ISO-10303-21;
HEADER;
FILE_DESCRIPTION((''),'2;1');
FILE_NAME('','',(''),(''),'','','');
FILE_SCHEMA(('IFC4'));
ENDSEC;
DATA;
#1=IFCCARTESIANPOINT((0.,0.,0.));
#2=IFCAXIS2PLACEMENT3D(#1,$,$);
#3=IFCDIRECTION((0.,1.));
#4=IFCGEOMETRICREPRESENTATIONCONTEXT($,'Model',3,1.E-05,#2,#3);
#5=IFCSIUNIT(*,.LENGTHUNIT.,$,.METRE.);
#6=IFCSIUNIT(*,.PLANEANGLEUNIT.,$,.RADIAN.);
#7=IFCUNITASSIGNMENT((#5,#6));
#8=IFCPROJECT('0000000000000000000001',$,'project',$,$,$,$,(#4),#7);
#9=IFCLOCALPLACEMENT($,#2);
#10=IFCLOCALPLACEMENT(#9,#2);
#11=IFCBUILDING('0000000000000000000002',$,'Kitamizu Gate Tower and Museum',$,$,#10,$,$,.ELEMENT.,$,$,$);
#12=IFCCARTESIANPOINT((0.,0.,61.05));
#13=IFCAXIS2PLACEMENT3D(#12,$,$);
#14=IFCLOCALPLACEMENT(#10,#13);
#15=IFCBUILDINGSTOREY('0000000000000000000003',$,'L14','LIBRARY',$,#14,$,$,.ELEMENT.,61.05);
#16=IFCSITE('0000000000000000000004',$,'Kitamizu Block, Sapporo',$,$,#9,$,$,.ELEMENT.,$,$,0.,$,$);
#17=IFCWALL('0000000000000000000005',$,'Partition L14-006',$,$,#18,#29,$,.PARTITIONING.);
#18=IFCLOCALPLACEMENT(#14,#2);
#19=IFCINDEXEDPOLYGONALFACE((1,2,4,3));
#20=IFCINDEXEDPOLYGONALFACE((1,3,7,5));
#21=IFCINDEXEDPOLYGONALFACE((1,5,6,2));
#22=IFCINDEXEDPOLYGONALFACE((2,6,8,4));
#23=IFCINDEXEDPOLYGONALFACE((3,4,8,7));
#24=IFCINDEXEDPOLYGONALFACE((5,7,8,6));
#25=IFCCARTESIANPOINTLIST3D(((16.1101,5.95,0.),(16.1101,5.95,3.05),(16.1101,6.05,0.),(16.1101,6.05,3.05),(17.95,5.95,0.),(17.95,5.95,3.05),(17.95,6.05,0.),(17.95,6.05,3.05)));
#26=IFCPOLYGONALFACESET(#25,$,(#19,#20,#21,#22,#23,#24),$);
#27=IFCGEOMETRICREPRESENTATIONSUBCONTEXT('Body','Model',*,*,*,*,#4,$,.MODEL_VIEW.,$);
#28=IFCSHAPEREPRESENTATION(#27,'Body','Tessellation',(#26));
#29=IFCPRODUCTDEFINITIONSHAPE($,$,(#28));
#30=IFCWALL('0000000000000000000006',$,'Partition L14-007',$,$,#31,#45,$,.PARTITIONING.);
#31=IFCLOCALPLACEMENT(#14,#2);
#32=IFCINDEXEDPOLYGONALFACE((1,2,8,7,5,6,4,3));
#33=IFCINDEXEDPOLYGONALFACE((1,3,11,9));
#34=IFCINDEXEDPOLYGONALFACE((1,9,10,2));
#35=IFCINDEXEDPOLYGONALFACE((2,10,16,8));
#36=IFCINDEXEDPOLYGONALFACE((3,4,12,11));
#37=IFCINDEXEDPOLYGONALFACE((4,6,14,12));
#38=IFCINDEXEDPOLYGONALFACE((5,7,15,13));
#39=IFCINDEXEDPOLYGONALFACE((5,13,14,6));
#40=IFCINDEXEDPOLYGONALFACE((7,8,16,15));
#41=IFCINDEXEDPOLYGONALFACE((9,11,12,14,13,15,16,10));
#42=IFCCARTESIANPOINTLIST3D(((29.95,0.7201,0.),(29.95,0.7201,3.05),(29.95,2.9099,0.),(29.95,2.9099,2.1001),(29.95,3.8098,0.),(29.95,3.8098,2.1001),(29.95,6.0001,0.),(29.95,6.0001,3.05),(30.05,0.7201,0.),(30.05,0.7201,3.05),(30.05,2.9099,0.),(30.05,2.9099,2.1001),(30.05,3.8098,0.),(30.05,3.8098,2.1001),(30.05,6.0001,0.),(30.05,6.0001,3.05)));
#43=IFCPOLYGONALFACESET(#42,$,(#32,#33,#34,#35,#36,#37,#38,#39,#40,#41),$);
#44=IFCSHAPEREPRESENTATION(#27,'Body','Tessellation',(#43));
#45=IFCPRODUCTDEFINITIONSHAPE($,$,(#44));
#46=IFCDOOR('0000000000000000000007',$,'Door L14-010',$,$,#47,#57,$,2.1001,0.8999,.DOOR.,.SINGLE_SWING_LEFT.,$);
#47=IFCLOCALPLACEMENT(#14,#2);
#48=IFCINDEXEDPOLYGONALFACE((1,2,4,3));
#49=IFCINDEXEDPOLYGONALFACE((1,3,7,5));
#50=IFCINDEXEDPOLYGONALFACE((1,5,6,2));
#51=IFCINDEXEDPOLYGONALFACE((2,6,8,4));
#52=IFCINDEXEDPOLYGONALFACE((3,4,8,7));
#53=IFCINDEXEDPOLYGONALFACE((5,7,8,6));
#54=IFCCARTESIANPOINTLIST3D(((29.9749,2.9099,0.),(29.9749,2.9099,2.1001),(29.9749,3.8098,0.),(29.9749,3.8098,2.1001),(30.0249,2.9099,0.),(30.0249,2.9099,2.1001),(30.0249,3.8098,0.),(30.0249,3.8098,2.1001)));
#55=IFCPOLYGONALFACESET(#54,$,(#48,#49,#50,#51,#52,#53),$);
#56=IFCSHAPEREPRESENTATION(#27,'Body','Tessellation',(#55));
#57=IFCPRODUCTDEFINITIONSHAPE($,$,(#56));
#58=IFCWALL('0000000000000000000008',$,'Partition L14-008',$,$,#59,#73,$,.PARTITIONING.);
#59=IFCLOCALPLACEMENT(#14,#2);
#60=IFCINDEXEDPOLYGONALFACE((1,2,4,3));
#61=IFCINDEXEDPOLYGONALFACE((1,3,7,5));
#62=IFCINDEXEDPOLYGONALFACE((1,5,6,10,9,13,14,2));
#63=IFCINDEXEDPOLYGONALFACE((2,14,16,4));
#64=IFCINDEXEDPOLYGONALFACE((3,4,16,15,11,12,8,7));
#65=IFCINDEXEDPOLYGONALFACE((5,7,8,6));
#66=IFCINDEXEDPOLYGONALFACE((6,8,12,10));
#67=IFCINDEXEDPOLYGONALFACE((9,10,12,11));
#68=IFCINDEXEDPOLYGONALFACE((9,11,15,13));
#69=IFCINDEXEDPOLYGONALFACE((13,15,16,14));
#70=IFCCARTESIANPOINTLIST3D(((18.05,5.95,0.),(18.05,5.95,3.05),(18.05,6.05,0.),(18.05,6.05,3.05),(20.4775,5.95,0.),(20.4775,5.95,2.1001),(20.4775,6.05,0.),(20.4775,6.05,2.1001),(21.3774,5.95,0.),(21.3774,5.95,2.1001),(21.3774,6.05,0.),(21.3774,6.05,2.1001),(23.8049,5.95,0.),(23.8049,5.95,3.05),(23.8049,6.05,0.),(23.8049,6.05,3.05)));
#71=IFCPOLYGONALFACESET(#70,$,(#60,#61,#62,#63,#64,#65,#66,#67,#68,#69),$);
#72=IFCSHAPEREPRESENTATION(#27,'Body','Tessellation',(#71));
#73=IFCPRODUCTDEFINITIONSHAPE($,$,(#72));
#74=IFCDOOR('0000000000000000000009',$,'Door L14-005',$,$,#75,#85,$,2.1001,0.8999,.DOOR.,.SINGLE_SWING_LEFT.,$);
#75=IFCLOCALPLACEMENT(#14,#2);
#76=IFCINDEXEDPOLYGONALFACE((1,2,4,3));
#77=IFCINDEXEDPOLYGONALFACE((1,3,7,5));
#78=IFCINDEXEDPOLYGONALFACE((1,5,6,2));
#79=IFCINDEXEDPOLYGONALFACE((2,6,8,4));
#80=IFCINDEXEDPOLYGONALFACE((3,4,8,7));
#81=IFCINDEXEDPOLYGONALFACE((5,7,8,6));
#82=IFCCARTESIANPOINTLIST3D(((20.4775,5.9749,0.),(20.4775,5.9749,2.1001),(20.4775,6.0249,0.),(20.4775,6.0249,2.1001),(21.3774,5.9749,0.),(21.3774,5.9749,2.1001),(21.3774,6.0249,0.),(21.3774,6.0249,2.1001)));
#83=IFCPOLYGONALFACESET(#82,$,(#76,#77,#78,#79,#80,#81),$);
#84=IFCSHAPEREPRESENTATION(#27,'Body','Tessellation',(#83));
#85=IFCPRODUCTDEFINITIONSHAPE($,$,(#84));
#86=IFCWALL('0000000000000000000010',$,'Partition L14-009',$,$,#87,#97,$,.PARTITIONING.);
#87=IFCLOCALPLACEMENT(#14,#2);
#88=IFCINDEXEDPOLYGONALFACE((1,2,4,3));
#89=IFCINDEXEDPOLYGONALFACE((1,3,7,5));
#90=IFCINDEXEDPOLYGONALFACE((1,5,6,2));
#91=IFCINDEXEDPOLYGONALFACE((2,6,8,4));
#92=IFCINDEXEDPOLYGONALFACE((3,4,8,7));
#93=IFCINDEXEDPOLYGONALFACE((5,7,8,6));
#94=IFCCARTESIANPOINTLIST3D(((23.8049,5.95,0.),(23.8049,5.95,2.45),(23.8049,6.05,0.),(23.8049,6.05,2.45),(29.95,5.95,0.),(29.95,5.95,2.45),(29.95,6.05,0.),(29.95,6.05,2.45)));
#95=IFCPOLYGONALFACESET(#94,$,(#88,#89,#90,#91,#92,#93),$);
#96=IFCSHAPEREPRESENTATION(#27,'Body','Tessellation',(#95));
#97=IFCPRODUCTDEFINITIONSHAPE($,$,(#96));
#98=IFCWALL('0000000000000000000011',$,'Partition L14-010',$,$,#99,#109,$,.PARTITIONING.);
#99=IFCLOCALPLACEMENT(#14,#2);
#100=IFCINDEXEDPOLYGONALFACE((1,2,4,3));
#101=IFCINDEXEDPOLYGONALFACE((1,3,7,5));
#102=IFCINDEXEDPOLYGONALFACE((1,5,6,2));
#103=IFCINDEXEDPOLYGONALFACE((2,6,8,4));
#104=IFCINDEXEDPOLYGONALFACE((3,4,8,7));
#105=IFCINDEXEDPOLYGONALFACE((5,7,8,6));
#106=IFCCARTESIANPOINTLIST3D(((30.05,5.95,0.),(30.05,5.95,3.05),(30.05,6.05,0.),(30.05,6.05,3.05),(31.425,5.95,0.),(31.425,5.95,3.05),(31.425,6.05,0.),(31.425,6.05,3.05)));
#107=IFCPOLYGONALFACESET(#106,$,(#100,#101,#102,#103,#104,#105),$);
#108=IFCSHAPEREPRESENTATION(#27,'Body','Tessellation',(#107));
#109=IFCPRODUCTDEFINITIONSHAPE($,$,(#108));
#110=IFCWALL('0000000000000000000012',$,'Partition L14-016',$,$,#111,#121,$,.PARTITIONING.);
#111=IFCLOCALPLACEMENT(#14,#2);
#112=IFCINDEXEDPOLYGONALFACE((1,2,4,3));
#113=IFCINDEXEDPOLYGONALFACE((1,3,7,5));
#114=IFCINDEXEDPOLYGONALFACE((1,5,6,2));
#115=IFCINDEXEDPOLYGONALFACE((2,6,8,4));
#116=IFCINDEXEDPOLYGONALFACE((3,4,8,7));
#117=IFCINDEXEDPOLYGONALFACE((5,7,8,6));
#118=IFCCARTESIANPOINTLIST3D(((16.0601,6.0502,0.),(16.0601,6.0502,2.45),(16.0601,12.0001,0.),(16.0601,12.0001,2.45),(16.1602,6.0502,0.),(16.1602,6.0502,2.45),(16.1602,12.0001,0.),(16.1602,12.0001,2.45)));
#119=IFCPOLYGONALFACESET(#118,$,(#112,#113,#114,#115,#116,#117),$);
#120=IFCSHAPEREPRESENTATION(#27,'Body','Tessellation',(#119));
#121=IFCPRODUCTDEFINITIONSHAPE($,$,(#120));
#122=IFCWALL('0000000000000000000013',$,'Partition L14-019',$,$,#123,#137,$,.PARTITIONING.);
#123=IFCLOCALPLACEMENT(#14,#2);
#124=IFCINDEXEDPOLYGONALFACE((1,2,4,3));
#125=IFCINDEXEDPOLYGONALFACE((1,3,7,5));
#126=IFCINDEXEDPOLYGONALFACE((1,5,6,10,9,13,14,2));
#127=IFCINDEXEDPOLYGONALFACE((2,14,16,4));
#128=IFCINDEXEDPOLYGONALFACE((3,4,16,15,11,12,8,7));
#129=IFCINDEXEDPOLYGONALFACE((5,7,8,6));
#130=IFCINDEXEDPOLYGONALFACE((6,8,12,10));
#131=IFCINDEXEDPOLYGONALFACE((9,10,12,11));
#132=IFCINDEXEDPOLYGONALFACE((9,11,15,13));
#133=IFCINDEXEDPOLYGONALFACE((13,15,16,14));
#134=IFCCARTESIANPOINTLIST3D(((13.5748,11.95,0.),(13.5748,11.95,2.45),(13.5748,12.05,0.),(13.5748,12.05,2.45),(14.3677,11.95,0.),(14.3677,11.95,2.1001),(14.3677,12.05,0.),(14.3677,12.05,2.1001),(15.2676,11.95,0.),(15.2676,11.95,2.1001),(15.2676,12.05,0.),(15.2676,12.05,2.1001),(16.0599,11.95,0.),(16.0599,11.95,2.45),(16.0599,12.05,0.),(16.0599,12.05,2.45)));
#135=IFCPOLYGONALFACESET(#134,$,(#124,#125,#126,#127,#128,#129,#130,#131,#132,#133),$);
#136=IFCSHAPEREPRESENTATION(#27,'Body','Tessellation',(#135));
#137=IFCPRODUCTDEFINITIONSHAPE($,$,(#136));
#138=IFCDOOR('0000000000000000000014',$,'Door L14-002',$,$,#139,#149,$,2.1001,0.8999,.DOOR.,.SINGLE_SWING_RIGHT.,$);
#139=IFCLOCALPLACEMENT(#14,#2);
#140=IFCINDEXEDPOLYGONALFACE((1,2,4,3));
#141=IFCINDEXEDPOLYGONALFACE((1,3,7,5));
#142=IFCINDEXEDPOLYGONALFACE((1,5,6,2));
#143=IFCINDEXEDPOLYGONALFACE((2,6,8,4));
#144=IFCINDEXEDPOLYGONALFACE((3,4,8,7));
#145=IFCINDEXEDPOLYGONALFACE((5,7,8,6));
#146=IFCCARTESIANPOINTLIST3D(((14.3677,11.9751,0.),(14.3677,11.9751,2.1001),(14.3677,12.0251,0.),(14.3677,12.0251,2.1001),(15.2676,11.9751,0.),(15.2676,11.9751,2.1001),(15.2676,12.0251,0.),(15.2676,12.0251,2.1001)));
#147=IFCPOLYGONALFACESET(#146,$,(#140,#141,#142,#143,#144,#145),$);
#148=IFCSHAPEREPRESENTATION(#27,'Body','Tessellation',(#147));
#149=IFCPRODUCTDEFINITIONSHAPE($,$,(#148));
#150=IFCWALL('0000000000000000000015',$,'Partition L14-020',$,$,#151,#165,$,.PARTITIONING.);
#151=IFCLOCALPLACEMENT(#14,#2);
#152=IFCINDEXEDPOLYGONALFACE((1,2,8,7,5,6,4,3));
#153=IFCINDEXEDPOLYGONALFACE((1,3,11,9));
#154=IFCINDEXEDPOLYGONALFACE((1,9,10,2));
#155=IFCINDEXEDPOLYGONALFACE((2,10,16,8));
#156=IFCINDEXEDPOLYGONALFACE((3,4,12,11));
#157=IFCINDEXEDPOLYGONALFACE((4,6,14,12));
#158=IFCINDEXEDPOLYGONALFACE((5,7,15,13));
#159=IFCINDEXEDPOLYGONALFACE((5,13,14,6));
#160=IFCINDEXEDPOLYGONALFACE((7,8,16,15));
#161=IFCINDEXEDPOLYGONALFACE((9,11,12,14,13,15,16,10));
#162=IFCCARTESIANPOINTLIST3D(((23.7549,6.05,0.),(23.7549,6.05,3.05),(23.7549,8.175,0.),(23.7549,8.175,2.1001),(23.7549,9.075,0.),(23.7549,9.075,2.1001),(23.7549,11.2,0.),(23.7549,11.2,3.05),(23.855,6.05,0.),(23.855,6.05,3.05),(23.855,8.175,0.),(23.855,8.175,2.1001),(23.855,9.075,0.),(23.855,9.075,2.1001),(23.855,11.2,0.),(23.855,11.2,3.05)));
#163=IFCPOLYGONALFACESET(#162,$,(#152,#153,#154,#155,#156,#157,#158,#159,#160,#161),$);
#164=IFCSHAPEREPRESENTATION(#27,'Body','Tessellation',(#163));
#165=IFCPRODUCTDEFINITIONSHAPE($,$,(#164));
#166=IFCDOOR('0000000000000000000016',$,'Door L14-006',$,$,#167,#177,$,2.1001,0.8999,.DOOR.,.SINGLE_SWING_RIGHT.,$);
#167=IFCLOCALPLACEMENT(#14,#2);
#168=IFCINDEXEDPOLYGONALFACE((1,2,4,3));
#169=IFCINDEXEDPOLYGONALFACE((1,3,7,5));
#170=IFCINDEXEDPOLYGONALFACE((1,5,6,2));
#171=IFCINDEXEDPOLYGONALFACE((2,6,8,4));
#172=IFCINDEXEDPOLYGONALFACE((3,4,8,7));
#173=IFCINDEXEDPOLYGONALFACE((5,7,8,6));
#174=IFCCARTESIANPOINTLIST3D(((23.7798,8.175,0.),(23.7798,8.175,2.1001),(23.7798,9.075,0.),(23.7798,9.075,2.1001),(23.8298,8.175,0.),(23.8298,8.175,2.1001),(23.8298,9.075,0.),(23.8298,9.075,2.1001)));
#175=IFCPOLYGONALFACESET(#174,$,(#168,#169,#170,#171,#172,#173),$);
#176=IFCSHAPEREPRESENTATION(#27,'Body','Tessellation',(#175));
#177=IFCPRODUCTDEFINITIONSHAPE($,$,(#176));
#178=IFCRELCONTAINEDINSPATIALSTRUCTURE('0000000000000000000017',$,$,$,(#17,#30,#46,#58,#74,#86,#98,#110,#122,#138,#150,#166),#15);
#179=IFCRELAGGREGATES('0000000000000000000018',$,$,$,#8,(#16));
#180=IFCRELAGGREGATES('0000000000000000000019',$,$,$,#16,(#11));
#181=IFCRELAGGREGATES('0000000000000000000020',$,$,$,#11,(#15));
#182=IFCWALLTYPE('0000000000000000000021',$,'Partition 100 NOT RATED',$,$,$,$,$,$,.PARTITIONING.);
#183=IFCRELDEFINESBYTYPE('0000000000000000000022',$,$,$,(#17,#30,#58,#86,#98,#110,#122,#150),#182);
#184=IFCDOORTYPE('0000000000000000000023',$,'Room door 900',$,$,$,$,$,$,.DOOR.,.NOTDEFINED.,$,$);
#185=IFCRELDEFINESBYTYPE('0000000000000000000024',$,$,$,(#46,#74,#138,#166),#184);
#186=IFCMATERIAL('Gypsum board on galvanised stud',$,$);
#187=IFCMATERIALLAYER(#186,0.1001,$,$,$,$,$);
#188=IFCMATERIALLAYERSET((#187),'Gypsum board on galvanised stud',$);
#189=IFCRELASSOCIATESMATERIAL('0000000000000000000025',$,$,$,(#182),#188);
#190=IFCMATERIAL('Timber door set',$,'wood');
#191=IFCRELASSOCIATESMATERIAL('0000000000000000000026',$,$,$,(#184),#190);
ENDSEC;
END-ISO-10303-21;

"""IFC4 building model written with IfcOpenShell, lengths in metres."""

from ifc_helpers import new_model, si_unit, direction, frame, frame_2d, origin, place, context, subcontext, project, spatial, rectangle, extrude, material, layer, layer_set, type_object, element, fill, save


model = new_model("IFC4")

# Units and contexts
model_context = context("Model", 3, precision=1e-05, world=origin(), true_north=direction((0.0, 1.0)))
body_context = subcontext(model_context, "Body", "Model", "MODEL_VIEW")
ifc_project = project(units=[si_unit("LENGTHUNIT", "METRE"), si_unit("PLANEANGLEUNIT", "RADIAN")], contexts=[model_context])

# Site, building, storey
site_placement = place(None, origin())
site = spatial("IfcSite", under=ifc_project, at=site_placement, Name="Kitamizu Block, Sapporo", CompositionType="ELEMENT", RefElevation=0.0)
building_placement = place(site_placement, origin())
building = spatial("IfcBuilding", under=site, at=building_placement, Name="Kitamizu Gate Tower and Museum", CompositionType="ELEMENT")
storey_placement = place(building_placement, frame((0.0, 0.0, 61.05)))
storey = spatial("IfcBuildingStorey", under=building, at=storey_placement, Name="L14", Description="LIBRARY", CompositionType="ELEMENT", Elevation=61.05)

# Shared definitions
ifc_material_1 = material(Name="Gypsum board on galvanised stud")
ifc_layer_1 = layer(ifc_material_1, 0.1001)
ifc_layer_set_1 = layer_set([ifc_layer_1], Name="Gypsum board on galvanised stud")
wall_type_1 = type_object("IfcWallType", Name="Partition 100 NOT RATED", PredefinedType="PARTITIONING", material=ifc_layer_set_1)
ifc_material_2 = material(Name="Timber door set", Category="wood")
door_type_1 = type_object("IfcDoorType", Name="Room door 900", OperationType="NOTDEFINED", PredefinedType="DOOR", material=ifc_material_2)

# Wall
wall_1_placement = place(storey_placement, frame((17.95, 6.0, 0.0), z_axis=(0.0, 0.0, 1.0), x_axis=(-1.0, 0.0, 0.0)))
element("IfcWall", 1, at=wall_1_placement, inside=storey, type_object=wall_type_1, Name="Partition L14-006", PredefinedType="PARTITIONING", context=body_context, shape_type="SweptSolid", body=[
    extrude(rectangle(XDim=1.8398, YDim=0.1001, at=frame_2d((0.9199, 0.0))), origin(), (0.0, 0.0, 1.0), 3.05),
])

# Walls, openings, doors
wall_2_placement = place(storey_placement, frame((30.0, 0.72, 0.0), z_axis=(0.0, 0.0, 1.0), x_axis=(0.0, 1.0, 0.0)))
wall_2 = element("IfcWall", 2, at=wall_2_placement, inside=storey, type_object=wall_type_1, Name="Partition L14-007", PredefinedType="PARTITIONING", context=body_context, shape_type="SweptSolid", body=[
    extrude(rectangle(XDim=5.28, YDim=0.1001, at=frame_2d((2.6401, 0.0))), origin(), (0.0, 0.0, 1.0), 3.05),
])
opening_1_placement = place(wall_2_placement, frame((2.1899, 0.0, 0.0)))
opening_1 = element("IfcOpeningElement", 3, at=opening_1_placement, cuts=wall_2, PredefinedType="OPENING", context=body_context, shape_type="SweptSolid", body=[
    extrude(rectangle(XDim=0.8999, YDim=2.1001, at=frame_2d((0.45, 1.05))), frame((0.0, 0.0601, 0.0), z_axis=(0.0, -1.0, 0.0), x_axis=(1.0, 0.0, 0.0)), (0.0, 0.0, 1.0), 0.1201),
])
door_1_placement = place(opening_1_placement, frame((0.8999, 0.0, 0.0), x_axis=(-1.0, 0.0, 0.0)))
door_1 = element("IfcDoor", 4, at=door_1_placement, inside=storey, type_object=door_type_1, Name="Door L14-010", OperationType="SINGLE_SWING_LEFT", OverallHeight=2.1001, OverallWidth=0.8999, PredefinedType="DOOR", context=body_context, shape_type="SweptSolid", body=[
    extrude(rectangle(XDim=0.8999, YDim=2.1001, at=frame_2d((0.45, 1.05))), frame((0.0, 0.0249, 0.0), z_axis=(0.0, -1.0, 0.0), x_axis=(1.0, 0.0, 0.0)), (0.0, 0.0, 1.0), 0.05),
])
fill(opening_1, door_1)
wall_3_placement = place(storey_placement, frame((23.8049, 6.0, 0.0), z_axis=(0.0, 0.0, 1.0), x_axis=(-1.0, 0.0, 0.0)))
wall_3 = element("IfcWall", 5, at=wall_3_placement, inside=storey, type_object=wall_type_1, Name="Partition L14-008", PredefinedType="PARTITIONING", context=body_context, shape_type="SweptSolid", body=[
    extrude(rectangle(XDim=5.7549, YDim=0.1001, at=frame_2d((2.8774, 0.0))), origin(), (0.0, 0.0, 1.0), 3.05),
])
opening_2_placement = place(wall_3_placement, frame((2.4275, 0.0, 0.0)))
opening_2 = element("IfcOpeningElement", 6, at=opening_2_placement, cuts=wall_3, PredefinedType="OPENING", context=body_context, shape_type="SweptSolid", body=[
    extrude(rectangle(XDim=0.8999, YDim=2.1001, at=frame_2d((0.45, 1.05))), frame((0.0, 0.0601, 0.0), z_axis=(0.0, -1.0, 0.0), x_axis=(1.0, 0.0, 0.0)), (0.0, 0.0, 1.0), 0.1201),
])
door_2_placement = place(opening_2_placement, frame((0.8999, 0.0, 0.0), x_axis=(-1.0, 0.0, 0.0)))
door_2 = element("IfcDoor", 7, at=door_2_placement, inside=storey, type_object=door_type_1, Name="Door L14-005", OperationType="SINGLE_SWING_LEFT", OverallHeight=2.1001, OverallWidth=0.8999, PredefinedType="DOOR", context=body_context, shape_type="SweptSolid", body=[
    extrude(rectangle(XDim=0.8999, YDim=2.1001, at=frame_2d((0.45, 1.05))), frame((0.0, 0.0249, 0.0), z_axis=(0.0, -1.0, 0.0), x_axis=(1.0, 0.0, 0.0)), (0.0, 0.0, 1.0), 0.05),
])
fill(opening_2, door_2)

# Walls
wall_4_placement = place(storey_placement, frame((29.95, 6.0, 0.0), z_axis=(0.0, 0.0, 1.0), x_axis=(-1.0, 0.0, 0.0)))
element("IfcWall", 8, at=wall_4_placement, inside=storey, type_object=wall_type_1, Name="Partition L14-009", PredefinedType="PARTITIONING", context=body_context, shape_type="SweptSolid", body=[
    extrude(rectangle(XDim=6.145, YDim=0.1001, at=frame_2d((3.0725, 0.0))), origin(), (0.0, 0.0, 1.0), 2.45),
])
wall_5_placement = place(storey_placement, frame((31.425, 6.0, 0.0), z_axis=(0.0, 0.0, 1.0), x_axis=(-1.0, 0.0, 0.0)))
element("IfcWall", 9, at=wall_5_placement, inside=storey, type_object=wall_type_1, Name="Partition L14-010", PredefinedType="PARTITIONING", context=body_context, shape_type="SweptSolid", body=[
    extrude(rectangle(XDim=1.375, YDim=0.1001, at=frame_2d((0.6875, 0.0))), origin(), (0.0, 0.0, 1.0), 3.05),
])
wall_6_placement = place(storey_placement, frame((16.1101, 6.05, 0.0), z_axis=(0.0, 0.0, 1.0), x_axis=(0.0, 1.0, 0.0)))
element("IfcWall", 10, at=wall_6_placement, inside=storey, type_object=wall_type_1, Name="Partition L14-016", PredefinedType="PARTITIONING", context=body_context, shape_type="SweptSolid", body=[
    extrude(rectangle(XDim=5.95, YDim=0.1001, at=frame_2d((2.9751, 0.0))), origin(), (0.0, 0.0, 1.0), 2.45),
])

# Walls, openings, doors
wall_7_placement = place(storey_placement, frame((16.0601, 12.0, 0.0), z_axis=(0.0, 0.0, 1.0), x_axis=(-1.0, 0.0, 0.0)))
wall_7 = element("IfcWall", 11, at=wall_7_placement, inside=storey, type_object=wall_type_1, Name="Partition L14-019", PredefinedType="PARTITIONING", context=body_context, shape_type="SweptSolid", body=[
    extrude(rectangle(XDim=2.4851, YDim=0.1001, at=frame_2d((1.2427, 0.0))), origin(), (0.0, 0.0, 1.0), 2.45),
])
opening_3_placement = place(wall_7_placement, frame((0.7925, 0.0, 0.0)))
opening_3 = element("IfcOpeningElement", 12, at=opening_3_placement, cuts=wall_7, PredefinedType="OPENING", context=body_context, shape_type="SweptSolid", body=[
    extrude(rectangle(XDim=0.8999, YDim=2.1001, at=frame_2d((0.45, 1.05))), frame((0.0, 0.0601, 0.0), z_axis=(0.0, -1.0, 0.0), x_axis=(1.0, 0.0, 0.0)), (0.0, 0.0, 1.0), 0.1201),
])
door_3_placement = place(opening_3_placement, origin())
door_3 = element("IfcDoor", 13, at=door_3_placement, inside=storey, type_object=door_type_1, Name="Door L14-002", OperationType="SINGLE_SWING_RIGHT", OverallHeight=2.1001, OverallWidth=0.8999, PredefinedType="DOOR", context=body_context, shape_type="SweptSolid", body=[
    extrude(rectangle(XDim=0.8999, YDim=2.1001, at=frame_2d((0.45, 1.05))), frame((0.0, 0.0249, 0.0), z_axis=(0.0, -1.0, 0.0), x_axis=(1.0, 0.0, 0.0)), (0.0, 0.0, 1.0), 0.05),
])
fill(opening_3, door_3)
wall_8_placement = place(storey_placement, frame((23.8049, 6.05, 0.0), z_axis=(0.0, 0.0, 1.0), x_axis=(0.0, 1.0, 0.0)))
wall_8 = element("IfcWall", 14, at=wall_8_placement, inside=storey, type_object=wall_type_1, Name="Partition L14-020", PredefinedType="PARTITIONING", context=body_context, shape_type="SweptSolid", body=[
    extrude(rectangle(XDim=5.1499, YDim=0.1001, at=frame_2d((2.575, 0.0))), origin(), (0.0, 0.0, 1.0), 3.05),
])
opening_4_placement = place(wall_8_placement, frame((2.125, 0.0, 0.0)))
opening_4 = element("IfcOpeningElement", 15, at=opening_4_placement, cuts=wall_8, PredefinedType="OPENING", context=body_context, shape_type="SweptSolid", body=[
    extrude(rectangle(XDim=0.8999, YDim=2.1001, at=frame_2d((0.45, 1.05))), frame((0.0, 0.0601, 0.0), z_axis=(0.0, -1.0, 0.0), x_axis=(1.0, 0.0, 0.0)), (0.0, 0.0, 1.0), 0.1201),
])
door_4_placement = place(opening_4_placement, frame((0.8999, 0.0, 0.0), x_axis=(-1.0, 0.0, 0.0)))
door_4 = element("IfcDoor", 16, at=door_4_placement, inside=storey, type_object=door_type_1, Name="Door L14-006", OperationType="SINGLE_SWING_RIGHT", OverallHeight=2.1001, OverallWidth=0.8999, PredefinedType="DOOR", context=body_context, shape_type="SweptSolid", body=[
    extrude(rectangle(XDim=0.8999, YDim=2.1001, at=frame_2d((0.45, 1.05))), frame((0.0, 0.0249, 0.0), z_axis=(0.0, -1.0, 0.0), x_axis=(1.0, 0.0, 0.0)), (0.0, 0.0, 1.0), 0.05),
])
fill(opening_4, door_4)

save(model, "model.ifc")
